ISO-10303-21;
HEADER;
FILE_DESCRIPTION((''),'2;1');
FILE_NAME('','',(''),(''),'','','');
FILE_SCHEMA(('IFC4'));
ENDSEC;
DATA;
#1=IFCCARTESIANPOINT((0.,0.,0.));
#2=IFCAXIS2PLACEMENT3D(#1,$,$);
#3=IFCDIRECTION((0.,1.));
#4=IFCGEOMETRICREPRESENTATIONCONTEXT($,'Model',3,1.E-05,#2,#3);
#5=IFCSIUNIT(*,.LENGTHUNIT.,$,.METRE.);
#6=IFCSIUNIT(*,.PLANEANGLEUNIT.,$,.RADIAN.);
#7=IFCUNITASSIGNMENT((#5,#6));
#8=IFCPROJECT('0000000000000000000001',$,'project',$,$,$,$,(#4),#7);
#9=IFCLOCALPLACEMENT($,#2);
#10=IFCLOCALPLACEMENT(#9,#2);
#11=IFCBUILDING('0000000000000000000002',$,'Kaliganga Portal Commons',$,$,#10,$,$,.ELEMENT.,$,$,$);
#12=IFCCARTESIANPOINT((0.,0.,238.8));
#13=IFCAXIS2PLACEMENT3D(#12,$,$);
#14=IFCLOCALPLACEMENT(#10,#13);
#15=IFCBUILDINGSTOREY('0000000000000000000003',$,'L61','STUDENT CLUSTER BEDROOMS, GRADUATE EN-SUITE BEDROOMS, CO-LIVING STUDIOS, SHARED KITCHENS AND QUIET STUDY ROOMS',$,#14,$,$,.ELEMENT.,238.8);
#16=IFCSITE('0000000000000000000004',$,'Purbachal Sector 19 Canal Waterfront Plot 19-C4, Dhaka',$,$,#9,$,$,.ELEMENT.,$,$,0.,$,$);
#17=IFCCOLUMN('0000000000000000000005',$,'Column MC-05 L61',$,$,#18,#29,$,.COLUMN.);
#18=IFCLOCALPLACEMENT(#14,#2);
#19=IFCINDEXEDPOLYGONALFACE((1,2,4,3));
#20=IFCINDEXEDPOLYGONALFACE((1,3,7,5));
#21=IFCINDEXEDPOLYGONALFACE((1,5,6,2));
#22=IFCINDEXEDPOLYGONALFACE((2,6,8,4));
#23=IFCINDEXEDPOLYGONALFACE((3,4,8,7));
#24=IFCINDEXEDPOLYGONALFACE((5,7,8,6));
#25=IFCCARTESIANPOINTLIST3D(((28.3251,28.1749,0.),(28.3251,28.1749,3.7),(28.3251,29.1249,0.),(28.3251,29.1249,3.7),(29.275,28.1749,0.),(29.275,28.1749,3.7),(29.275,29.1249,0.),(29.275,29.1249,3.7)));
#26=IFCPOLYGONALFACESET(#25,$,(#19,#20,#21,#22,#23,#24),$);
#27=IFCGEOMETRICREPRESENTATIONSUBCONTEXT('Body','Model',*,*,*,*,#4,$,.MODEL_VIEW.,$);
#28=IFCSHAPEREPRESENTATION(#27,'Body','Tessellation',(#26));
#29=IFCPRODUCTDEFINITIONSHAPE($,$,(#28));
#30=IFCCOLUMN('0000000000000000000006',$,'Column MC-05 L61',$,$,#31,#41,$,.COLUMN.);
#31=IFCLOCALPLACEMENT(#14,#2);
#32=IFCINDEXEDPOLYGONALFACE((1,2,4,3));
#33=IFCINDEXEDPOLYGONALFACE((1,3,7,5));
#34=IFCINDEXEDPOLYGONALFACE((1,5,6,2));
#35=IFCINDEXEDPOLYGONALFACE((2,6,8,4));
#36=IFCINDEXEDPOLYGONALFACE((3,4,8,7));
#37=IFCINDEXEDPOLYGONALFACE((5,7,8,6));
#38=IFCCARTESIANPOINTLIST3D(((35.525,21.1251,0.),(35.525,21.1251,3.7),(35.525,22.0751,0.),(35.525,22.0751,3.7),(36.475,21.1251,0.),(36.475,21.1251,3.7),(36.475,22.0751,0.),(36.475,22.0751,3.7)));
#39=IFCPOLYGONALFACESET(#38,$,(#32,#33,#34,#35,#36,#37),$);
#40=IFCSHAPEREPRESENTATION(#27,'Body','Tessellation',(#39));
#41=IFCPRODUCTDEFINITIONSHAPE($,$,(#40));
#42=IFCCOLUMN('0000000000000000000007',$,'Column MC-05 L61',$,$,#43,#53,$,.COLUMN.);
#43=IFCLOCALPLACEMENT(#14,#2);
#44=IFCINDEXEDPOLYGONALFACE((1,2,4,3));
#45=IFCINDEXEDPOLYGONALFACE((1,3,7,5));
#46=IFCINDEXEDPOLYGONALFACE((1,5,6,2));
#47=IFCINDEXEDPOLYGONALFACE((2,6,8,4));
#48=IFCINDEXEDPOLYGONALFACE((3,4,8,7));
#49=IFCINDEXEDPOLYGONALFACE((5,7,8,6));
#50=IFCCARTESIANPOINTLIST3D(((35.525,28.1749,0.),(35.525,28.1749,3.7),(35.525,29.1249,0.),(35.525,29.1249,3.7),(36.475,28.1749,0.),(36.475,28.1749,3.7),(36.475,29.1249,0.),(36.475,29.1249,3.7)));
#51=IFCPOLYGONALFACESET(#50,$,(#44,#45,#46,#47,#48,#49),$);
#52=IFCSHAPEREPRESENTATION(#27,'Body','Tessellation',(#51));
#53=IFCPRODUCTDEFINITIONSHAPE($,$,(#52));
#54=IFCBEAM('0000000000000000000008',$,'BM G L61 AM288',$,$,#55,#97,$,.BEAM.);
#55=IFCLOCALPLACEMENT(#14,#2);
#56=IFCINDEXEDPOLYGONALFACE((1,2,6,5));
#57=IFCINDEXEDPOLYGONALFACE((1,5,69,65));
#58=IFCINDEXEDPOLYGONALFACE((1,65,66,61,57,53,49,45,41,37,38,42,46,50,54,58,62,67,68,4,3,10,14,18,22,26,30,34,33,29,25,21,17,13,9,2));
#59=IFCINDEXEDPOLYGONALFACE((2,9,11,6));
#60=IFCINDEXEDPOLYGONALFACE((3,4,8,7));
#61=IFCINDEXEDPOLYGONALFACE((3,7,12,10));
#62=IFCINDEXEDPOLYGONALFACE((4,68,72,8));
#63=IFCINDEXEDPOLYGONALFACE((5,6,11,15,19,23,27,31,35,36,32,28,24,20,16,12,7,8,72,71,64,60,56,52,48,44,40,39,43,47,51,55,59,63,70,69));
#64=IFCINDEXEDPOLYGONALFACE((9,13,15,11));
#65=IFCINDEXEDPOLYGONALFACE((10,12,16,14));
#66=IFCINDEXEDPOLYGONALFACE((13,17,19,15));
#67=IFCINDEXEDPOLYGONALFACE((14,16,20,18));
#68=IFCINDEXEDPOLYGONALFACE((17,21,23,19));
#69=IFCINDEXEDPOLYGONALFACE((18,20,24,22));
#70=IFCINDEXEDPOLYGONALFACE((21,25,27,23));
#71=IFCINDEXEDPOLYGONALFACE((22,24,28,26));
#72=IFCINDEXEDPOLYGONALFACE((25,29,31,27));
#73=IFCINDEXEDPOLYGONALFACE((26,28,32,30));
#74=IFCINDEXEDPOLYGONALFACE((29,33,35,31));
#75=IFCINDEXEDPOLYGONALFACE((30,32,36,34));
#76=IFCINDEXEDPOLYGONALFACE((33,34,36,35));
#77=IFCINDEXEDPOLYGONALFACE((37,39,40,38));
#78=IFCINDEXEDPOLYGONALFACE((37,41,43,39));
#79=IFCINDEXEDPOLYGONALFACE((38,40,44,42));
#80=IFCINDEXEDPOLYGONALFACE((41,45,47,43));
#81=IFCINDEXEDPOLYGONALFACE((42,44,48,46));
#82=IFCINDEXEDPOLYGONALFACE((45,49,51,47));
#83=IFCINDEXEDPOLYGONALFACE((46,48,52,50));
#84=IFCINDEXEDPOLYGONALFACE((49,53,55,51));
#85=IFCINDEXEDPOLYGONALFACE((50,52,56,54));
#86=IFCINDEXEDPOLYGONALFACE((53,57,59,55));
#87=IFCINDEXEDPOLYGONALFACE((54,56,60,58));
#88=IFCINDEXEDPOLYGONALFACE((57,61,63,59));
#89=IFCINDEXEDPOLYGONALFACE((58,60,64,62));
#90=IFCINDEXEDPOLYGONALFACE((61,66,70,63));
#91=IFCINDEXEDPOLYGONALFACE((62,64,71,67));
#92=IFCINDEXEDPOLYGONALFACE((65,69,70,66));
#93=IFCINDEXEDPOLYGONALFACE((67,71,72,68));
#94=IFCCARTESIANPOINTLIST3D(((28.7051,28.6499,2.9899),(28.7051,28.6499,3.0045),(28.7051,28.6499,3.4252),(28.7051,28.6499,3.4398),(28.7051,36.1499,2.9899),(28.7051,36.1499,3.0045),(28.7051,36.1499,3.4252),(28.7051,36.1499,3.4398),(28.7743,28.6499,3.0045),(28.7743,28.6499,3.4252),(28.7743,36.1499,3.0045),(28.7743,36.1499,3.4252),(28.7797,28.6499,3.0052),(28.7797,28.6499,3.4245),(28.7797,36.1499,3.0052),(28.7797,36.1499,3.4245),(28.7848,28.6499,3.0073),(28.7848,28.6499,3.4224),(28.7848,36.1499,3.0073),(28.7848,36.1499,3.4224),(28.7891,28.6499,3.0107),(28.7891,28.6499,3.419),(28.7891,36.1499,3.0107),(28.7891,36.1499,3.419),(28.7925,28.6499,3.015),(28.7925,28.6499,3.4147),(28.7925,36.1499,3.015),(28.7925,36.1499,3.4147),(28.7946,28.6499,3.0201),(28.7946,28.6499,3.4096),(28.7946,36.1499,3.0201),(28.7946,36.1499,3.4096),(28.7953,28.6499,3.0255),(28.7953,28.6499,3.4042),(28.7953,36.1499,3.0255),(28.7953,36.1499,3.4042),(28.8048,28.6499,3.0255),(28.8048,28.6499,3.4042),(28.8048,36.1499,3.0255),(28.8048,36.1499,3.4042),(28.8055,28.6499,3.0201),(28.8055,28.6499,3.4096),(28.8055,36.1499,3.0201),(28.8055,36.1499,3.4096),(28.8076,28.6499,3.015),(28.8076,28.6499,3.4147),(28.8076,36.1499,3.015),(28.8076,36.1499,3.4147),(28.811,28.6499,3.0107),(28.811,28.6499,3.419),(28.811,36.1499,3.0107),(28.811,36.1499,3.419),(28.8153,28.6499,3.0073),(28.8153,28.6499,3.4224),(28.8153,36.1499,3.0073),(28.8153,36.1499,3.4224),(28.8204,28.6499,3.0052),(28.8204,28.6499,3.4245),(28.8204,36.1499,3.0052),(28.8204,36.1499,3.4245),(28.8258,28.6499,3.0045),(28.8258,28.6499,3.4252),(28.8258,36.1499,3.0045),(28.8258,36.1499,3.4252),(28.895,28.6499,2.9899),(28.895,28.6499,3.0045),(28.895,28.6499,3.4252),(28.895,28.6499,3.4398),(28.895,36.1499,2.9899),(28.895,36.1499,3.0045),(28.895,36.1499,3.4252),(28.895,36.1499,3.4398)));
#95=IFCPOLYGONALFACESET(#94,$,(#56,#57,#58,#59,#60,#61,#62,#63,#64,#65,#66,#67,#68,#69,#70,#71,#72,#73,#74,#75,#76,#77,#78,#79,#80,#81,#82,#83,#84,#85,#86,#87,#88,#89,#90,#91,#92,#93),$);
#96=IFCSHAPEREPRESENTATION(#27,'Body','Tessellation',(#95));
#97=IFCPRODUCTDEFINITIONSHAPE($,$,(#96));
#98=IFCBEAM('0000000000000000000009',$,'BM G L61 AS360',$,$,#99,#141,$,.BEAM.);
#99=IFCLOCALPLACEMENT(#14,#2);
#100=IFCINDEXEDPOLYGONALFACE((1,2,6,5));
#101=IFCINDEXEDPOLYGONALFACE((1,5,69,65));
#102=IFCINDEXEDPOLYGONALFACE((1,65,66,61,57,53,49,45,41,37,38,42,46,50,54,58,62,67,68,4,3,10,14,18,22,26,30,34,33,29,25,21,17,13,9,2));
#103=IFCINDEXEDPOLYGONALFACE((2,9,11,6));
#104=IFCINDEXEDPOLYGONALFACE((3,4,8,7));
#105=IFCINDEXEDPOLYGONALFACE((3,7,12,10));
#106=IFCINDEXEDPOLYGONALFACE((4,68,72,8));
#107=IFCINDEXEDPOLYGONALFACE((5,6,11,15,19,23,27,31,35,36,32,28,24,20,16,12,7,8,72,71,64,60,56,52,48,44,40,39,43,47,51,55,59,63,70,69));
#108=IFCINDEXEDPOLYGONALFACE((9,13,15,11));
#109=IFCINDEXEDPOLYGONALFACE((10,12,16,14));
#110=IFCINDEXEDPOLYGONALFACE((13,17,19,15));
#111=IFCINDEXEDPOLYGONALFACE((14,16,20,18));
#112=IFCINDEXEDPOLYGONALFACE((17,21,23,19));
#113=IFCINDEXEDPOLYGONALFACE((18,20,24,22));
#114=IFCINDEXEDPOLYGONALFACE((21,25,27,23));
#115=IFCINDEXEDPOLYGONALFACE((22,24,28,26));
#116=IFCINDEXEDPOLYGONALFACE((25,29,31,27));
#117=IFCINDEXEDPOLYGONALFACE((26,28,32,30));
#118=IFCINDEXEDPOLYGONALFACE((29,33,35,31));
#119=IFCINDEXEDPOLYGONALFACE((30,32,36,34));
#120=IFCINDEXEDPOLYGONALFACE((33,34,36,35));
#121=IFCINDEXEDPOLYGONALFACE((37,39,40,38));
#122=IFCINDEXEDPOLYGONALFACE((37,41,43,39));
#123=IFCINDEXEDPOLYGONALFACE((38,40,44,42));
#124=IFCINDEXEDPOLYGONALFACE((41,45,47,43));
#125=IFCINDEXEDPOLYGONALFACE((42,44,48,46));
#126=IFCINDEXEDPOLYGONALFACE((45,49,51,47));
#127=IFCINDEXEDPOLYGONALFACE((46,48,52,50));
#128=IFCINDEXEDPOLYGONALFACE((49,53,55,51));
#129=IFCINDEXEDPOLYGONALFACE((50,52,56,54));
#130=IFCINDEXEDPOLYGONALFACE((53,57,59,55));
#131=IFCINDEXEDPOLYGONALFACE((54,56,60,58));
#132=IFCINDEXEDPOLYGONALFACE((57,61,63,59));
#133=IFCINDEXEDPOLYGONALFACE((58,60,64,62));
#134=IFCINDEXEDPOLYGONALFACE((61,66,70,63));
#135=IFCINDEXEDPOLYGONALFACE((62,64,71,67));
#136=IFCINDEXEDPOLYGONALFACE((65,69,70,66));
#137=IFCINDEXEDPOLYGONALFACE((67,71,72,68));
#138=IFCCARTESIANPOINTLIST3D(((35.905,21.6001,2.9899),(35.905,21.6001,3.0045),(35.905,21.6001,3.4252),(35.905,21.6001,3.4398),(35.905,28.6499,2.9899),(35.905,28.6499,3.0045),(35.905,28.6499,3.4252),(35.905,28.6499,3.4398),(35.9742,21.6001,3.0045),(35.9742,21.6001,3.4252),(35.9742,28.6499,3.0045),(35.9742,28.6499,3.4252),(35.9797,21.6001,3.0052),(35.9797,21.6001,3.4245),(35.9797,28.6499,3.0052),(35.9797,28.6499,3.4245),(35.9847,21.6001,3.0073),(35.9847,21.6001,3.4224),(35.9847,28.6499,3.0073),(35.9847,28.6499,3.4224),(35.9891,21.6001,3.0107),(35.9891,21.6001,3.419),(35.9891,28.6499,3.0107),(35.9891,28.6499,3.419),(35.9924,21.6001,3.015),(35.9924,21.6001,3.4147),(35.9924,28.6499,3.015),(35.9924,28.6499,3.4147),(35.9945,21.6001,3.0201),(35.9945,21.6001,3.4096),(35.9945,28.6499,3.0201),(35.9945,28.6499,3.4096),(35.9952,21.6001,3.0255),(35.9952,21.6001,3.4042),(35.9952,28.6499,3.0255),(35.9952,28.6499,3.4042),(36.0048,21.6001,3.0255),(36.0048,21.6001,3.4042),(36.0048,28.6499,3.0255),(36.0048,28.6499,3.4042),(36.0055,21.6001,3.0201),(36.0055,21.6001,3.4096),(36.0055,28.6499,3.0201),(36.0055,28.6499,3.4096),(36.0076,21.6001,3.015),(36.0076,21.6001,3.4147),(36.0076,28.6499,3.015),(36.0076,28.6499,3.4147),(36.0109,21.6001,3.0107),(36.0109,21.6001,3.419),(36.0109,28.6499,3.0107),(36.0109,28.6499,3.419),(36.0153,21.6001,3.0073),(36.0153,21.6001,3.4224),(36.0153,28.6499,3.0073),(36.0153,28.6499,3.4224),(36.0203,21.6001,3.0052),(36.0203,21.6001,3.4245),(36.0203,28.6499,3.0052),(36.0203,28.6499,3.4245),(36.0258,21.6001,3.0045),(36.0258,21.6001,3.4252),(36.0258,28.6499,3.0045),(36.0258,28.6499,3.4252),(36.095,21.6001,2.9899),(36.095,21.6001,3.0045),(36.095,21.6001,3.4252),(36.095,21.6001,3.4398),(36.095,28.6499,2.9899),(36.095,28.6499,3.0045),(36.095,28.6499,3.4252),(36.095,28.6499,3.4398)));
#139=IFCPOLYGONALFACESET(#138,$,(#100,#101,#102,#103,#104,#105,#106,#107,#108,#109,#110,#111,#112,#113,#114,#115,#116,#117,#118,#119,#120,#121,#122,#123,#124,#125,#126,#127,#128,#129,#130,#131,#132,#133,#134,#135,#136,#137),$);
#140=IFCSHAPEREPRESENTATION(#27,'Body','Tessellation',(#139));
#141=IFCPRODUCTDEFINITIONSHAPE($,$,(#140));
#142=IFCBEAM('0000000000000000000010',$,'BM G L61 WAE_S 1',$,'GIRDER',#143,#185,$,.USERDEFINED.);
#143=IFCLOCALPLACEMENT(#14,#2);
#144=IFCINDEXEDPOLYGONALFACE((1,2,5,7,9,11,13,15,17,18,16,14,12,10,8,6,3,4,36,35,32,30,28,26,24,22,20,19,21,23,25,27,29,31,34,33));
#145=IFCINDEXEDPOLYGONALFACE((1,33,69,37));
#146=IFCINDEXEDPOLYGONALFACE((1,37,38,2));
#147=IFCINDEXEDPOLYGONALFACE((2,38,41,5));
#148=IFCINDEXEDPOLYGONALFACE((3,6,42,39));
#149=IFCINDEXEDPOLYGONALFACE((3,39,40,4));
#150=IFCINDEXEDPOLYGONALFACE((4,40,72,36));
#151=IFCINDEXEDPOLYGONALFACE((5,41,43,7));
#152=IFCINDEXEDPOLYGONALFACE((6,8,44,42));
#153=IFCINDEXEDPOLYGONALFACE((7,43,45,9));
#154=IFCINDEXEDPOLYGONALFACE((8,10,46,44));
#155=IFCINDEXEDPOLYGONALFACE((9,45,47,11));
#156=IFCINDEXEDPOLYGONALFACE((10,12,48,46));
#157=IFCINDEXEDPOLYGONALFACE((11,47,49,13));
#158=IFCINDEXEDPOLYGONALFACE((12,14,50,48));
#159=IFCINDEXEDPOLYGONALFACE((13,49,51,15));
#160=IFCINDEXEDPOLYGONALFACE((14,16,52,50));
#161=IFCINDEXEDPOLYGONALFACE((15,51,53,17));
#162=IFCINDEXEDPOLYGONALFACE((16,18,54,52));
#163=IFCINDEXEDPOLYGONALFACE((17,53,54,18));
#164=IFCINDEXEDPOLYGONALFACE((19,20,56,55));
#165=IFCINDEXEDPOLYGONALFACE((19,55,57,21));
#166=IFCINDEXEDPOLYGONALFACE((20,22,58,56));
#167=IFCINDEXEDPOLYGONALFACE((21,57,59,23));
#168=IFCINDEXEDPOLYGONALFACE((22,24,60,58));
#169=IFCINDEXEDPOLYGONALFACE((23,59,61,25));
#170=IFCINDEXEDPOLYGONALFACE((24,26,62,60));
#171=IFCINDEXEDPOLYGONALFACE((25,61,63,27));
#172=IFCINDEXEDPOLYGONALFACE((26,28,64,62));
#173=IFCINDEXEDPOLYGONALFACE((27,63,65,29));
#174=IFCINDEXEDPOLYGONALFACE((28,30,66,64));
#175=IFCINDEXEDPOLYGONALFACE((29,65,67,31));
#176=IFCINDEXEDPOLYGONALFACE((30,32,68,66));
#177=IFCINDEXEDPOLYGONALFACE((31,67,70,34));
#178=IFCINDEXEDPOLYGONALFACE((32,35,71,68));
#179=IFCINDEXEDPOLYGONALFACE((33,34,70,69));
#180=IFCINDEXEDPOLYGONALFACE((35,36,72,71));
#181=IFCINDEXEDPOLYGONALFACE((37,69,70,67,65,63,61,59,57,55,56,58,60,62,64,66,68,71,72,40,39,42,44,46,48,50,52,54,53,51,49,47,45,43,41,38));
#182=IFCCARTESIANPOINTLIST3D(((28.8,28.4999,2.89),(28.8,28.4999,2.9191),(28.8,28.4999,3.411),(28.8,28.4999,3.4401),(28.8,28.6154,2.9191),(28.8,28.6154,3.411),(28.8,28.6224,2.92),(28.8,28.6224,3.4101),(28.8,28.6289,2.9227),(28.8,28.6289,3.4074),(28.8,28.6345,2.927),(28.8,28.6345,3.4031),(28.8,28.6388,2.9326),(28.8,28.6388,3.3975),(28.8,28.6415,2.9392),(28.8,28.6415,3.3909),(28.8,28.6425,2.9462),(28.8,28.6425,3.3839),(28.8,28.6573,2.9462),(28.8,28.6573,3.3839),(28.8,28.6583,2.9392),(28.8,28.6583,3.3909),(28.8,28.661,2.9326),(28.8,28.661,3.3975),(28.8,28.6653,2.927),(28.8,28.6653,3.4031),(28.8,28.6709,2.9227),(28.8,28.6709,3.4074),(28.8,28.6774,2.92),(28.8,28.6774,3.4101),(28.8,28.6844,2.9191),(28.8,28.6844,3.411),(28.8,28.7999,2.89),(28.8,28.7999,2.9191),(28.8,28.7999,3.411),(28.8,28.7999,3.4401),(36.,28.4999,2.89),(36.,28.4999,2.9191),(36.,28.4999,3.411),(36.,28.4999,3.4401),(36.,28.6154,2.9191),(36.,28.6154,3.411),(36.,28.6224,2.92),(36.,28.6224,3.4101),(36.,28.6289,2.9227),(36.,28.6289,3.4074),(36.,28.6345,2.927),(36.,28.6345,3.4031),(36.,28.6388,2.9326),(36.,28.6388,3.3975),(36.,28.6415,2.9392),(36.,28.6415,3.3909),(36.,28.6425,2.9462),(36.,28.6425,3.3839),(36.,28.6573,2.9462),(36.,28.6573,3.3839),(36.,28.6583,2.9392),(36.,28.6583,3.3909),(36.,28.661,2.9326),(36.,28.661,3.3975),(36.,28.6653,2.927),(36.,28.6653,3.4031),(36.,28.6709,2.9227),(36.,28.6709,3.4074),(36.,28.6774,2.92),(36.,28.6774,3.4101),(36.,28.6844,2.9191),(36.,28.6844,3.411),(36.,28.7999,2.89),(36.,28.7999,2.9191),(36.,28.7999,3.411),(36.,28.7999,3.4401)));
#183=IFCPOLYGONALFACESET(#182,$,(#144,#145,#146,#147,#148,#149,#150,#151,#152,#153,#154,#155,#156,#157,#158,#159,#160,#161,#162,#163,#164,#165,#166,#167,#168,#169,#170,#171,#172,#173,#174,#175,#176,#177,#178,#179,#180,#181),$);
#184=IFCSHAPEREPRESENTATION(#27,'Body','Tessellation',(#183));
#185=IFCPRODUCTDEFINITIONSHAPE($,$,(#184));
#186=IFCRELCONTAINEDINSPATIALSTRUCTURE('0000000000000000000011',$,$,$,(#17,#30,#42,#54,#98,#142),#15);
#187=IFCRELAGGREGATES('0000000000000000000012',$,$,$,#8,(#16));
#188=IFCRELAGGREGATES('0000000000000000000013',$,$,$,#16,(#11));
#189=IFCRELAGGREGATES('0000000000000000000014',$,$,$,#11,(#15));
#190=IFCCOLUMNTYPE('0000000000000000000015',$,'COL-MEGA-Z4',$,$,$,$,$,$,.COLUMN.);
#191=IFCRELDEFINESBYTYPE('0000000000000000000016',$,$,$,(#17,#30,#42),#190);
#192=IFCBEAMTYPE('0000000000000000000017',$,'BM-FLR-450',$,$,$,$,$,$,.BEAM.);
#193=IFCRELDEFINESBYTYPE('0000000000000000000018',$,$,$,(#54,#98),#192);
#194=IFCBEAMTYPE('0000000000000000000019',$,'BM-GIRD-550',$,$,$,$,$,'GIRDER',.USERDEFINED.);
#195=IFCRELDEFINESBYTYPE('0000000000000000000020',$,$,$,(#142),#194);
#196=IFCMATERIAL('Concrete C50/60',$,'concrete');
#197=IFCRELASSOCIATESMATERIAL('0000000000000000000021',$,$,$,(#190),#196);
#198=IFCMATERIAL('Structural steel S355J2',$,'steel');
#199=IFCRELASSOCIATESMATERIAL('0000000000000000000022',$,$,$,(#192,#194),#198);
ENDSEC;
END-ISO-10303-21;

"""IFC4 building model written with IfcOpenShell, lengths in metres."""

from ifc_helpers import new_model, si_unit, direction, frame, origin, origin_2d, place, context, subcontext, project, spatial, rectangle, i_section, extrude, source, transform, mapped, material, material_profile, profile_set, type_object, element, save


model = new_model("IFC4")

# Units and contexts
model_context = context("Model", 3, precision=1e-05, world=origin(), true_north=direction((0.0, 1.0)))
body_context = subcontext(model_context, "Body", "Model", "MODEL_VIEW")
ifc_project = project(units=[si_unit("LENGTHUNIT", "METRE"), si_unit("PLANEANGLEUNIT", "RADIAN")], contexts=[model_context])

# Site, building, storey
site_placement = place(None, origin())
site = spatial("IfcSite", under=ifc_project, at=site_placement, Name="Purbachal Sector 19 Canal Waterfront Plot 19-C4, Dhaka", CompositionType="ELEMENT", RefElevation=0.0)
building_placement = place(site_placement, origin())
building = spatial("IfcBuilding", under=site, at=building_placement, Name="Kaliganga Portal Commons", CompositionType="ELEMENT")
storey_placement = place(building_placement, frame((0.0, 0.0, 238.8)))
storey = spatial("IfcBuildingStorey", under=building, at=storey_placement, Name="L61", Description="STUDENT CLUSTER BEDROOMS, GRADUATE EN-SUITE BEDROOMS, CO-LIVING STUDIOS, SHARED KITCHENS AND QUIET STUDY ROOMS", CompositionType="ELEMENT", Elevation=238.8)

# Columns
ifc_material_1 = material(Name="Concrete C50/60", Category="concrete")
ifc_material_profile_1 = material_profile(ifc_material_1, rectangle(XDim=0.95, YDim=0.95, at=origin_2d()), Name="RC 950x950")
ifc_profile_set_1 = profile_set([ifc_material_profile_1], Name="Concrete C50/60")
column_type = type_object("IfcColumnType", Name="COL-MEGA-Z4", PredefinedType="COLUMN", material=ifc_profile_set_1)
shared_shape_1 = source(origin(), body_context, "Body", "SweptSolid", [
    extrude(rectangle(XDim=0.95, YDim=0.95, at=origin_2d()), origin(), (0.0, 0.0, 1.0), 3.7),
])
for number, where, z_axis, x_axis, name in (
    (1, (28.8, 28.6499, 0.0), (0.0, 0.0, 1.0), (1.0, 0.0, 0.0), "Column MC-05 L61"),
    (2, (36.0, 21.6001, 0.0), (0.0, 0.0, 1.0), (1.0, 0.0, 0.0), "Column MC-05 L61"),
    (3, (36.0, 28.6499, 0.0), (0.0, 0.0, 1.0), (1.0, 0.0, 0.0), "Column MC-05 L61"),
):
    element("IfcColumn", number, at=place(storey_placement, frame(where, z_axis=z_axis, x_axis=x_axis)), inside=storey, type_object=column_type, Name=name, PredefinedType="COLUMN", context=body_context, shape_type="MappedRepresentation", body=[
        mapped(shared_shape_1, transform((0.0, 0.0, 0.0), x_axis=(1.0, 0.0, 0.0), y_axis=(0.0, 1.0, 0.0), z_axis=(0.0, 0.0, 1.0), scale=1.0)),
    ])

# Beams
ifc_material_2 = material(Name="Structural steel S355J2", Category="steel")
ifc_material_profile_2 = material_profile(ifc_material_2, i_section(OverallWidth=0.1899, OverallDepth=0.45, WebThickness=0.0095, FlangeThickness=0.0146, FilletRadius=0.021, at=origin_2d()), Name="IPE 450")
ifc_profile_set_2 = profile_set([ifc_material_profile_2], Name="Structural steel S355J2 wide-flange")
beam_type_1 = type_object("IfcBeamType", Name="BM-FLR-450", PredefinedType="BEAM", material=ifc_profile_set_2)
shared_shape_2 = source(origin(), body_context, "Body", "SweptSolid", [
    extrude(i_section(OverallWidth=0.1899, OverallDepth=0.45, WebThickness=0.0095, FlangeThickness=0.0146, FilletRadius=0.021, at=origin_2d()), origin(), (0.0, 0.0, 1.0), 7.5),
])
beam_1_placement = place(storey_placement, frame((28.8, 28.6499, 3.2148), z_axis=(0.0, 1.0, 0.0), x_axis=(-1.0, 0.0, 0.0)))
element("IfcBeam", 4, at=beam_1_placement, inside=storey, type_object=beam_type_1, Name="BM G L61 AM288", PredefinedType="BEAM", context=body_context, shape_type="MappedRepresentation", body=[
    mapped(shared_shape_2, transform((0.0, 0.0, 0.0), x_axis=(1.0, 0.0, 0.0), y_axis=(0.0, 1.0, 0.0), z_axis=(0.0, 0.0, 1.0), scale=1.0)),
])
shared_shape_3 = source(origin(), body_context, "Body", "SweptSolid", [
    extrude(i_section(OverallWidth=0.1899, OverallDepth=0.45, WebThickness=0.0095, FlangeThickness=0.0146, FilletRadius=0.021, at=origin_2d()), origin(), (0.0, 0.0, 1.0), 7.0498),
])
beam_2_placement = place(storey_placement, frame((36.0, 21.6001, 3.2148), z_axis=(0.0, 1.0, 0.0), x_axis=(-1.0, 0.0, 0.0)))
element("IfcBeam", 5, at=beam_2_placement, inside=storey, type_object=beam_type_1, Name="BM G L61 AS360", PredefinedType="BEAM", context=body_context, shape_type="MappedRepresentation", body=[
    mapped(shared_shape_3, transform((0.0, 0.0, 0.0), x_axis=(1.0, 0.0, 0.0), y_axis=(0.0, 1.0, 0.0), z_axis=(0.0, 0.0, 1.0), scale=1.0)),
])
ifc_material_profile_3 = material_profile(ifc_material_2, i_section(OverallWidth=0.3, OverallDepth=0.55, WebThickness=0.0149, FlangeThickness=0.0291, FilletRadius=0.0271, at=origin_2d()), Name="HE 550 B")
ifc_profile_set_3 = profile_set([ifc_material_profile_3], Name="Structural steel S355J2 wide-flange")
beam_type_2 = type_object("IfcBeamType", Name="BM-GIRD-550", ElementType="GIRDER", PredefinedType="USERDEFINED", material=ifc_profile_set_3)
shared_shape_4 = source(origin(), body_context, "Body", "SweptSolid", [
    extrude(i_section(OverallWidth=0.3, OverallDepth=0.55, WebThickness=0.0149, FlangeThickness=0.0291, FilletRadius=0.0271, at=origin_2d()), origin(), (0.0, 0.0, 1.0), 7.2),
])
beam_3_placement = place(storey_placement, frame((28.8, 28.6499, 3.165), z_axis=(1.0, 0.0, 0.0), x_axis=(0.0, 1.0, 0.0)))
element("IfcBeam", 6, at=beam_3_placement, inside=storey, type_object=beam_type_2, Name="BM G L61 WAE_S 1", ObjectType="GIRDER", PredefinedType="USERDEFINED", context=body_context, shape_type="MappedRepresentation", body=[
    mapped(shared_shape_4, transform((0.0, 0.0, 0.0), x_axis=(1.0, 0.0, 0.0), y_axis=(0.0, 1.0, 0.0), z_axis=(0.0, 0.0, 1.0), scale=1.0)),
])

save(model, "model.ifc")
